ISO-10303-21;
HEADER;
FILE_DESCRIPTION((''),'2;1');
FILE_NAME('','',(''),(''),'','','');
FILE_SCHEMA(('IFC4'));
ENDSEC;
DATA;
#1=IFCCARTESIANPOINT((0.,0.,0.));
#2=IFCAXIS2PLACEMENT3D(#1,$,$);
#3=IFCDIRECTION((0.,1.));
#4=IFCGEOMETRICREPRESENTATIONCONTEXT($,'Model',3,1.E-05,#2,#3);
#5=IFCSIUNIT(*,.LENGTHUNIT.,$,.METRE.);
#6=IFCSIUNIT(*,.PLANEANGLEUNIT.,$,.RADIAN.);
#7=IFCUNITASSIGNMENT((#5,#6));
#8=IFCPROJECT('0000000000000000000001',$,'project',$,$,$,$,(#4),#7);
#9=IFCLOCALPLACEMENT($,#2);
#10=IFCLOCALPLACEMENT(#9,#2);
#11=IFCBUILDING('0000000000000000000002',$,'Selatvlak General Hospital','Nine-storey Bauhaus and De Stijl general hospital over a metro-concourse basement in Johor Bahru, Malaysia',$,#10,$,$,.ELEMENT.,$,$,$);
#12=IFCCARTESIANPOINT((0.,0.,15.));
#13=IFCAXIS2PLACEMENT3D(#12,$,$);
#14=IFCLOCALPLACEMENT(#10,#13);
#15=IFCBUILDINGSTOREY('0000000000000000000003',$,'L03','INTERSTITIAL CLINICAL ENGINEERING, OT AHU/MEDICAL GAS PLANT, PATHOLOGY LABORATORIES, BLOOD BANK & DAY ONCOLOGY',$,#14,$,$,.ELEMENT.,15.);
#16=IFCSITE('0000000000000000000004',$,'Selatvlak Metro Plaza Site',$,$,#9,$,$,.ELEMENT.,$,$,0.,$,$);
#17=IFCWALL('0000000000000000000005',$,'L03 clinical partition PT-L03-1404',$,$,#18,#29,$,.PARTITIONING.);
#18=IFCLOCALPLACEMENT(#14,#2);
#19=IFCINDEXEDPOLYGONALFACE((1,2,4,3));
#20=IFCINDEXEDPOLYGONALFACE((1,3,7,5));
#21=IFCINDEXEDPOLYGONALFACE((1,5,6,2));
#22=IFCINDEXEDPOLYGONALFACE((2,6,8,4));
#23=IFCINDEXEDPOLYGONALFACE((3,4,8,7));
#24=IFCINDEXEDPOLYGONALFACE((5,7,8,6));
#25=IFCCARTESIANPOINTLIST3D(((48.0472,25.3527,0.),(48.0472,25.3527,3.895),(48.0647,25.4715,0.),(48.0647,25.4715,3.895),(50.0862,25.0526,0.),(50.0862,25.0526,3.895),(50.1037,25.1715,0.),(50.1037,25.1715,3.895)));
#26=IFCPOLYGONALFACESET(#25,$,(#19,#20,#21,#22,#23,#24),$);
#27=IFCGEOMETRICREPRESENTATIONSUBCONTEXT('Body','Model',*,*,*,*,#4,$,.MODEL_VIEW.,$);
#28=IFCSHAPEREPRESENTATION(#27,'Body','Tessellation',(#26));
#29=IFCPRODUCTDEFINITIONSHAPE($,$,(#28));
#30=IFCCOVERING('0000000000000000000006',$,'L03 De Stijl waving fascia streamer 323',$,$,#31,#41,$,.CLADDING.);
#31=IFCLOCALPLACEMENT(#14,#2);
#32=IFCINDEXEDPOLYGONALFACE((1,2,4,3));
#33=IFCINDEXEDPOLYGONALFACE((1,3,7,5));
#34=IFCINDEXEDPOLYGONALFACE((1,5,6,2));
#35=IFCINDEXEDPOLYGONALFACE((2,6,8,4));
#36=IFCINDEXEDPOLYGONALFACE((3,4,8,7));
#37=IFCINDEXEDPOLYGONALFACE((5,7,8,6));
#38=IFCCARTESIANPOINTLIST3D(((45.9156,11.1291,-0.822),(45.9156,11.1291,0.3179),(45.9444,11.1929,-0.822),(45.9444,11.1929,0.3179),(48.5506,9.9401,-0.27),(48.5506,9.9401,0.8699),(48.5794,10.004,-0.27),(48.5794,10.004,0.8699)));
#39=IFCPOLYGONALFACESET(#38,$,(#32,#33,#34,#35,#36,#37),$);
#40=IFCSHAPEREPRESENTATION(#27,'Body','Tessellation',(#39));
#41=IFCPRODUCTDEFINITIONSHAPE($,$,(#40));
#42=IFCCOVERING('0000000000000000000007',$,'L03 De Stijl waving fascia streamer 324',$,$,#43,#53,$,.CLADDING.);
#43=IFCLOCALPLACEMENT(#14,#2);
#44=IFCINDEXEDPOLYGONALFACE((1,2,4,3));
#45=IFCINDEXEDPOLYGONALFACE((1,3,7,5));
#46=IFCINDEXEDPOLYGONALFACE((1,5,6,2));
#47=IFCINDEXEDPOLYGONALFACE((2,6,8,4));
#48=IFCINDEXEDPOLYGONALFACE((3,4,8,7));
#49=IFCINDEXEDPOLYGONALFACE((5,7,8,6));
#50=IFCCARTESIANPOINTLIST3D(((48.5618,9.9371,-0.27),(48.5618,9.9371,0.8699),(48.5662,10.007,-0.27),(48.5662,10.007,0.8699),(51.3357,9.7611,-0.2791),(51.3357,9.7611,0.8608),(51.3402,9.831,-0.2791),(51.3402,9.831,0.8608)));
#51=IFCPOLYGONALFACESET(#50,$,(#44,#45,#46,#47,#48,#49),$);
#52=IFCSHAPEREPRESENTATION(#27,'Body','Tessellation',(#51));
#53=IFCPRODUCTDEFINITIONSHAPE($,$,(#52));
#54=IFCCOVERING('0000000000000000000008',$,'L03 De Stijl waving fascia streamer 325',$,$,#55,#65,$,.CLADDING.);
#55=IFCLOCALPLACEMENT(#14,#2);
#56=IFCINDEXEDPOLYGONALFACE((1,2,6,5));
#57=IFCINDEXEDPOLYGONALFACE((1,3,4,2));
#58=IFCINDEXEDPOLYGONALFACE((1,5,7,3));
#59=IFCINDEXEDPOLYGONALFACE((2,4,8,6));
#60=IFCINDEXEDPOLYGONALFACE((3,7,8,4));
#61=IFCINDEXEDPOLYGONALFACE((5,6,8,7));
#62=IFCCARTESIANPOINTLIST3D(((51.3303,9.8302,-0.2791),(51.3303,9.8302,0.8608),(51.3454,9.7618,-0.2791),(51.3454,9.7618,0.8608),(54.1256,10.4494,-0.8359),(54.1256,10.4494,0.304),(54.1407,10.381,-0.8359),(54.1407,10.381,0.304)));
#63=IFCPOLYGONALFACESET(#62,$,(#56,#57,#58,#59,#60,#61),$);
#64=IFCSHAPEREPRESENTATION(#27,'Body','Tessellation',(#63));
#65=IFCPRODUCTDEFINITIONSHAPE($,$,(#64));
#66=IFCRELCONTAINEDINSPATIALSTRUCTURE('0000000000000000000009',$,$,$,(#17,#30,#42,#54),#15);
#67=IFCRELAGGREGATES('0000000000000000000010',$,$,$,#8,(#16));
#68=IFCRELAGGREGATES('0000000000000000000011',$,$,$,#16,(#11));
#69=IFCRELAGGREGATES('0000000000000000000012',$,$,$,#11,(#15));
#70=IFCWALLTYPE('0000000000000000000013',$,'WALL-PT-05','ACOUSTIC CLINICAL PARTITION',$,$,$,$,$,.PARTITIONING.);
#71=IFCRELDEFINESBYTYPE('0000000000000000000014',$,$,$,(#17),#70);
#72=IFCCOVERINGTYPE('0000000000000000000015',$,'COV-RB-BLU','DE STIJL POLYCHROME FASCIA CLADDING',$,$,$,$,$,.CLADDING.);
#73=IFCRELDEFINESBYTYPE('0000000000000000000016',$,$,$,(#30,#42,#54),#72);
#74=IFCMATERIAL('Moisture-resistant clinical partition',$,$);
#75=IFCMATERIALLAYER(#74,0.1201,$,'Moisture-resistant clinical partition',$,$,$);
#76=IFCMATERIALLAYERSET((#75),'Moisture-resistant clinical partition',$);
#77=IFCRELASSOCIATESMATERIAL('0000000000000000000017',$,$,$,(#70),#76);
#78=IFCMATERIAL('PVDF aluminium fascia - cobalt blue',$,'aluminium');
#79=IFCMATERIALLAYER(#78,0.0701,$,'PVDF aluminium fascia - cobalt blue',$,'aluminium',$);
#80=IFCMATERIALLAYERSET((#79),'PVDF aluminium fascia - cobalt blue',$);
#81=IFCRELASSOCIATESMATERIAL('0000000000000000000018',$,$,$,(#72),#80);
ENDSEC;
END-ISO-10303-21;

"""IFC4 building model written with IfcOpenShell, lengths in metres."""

from ifc_helpers import new_model, si_unit, direction, frame, frame_2d, origin, place, context, subcontext, project, spatial, polyline, rectangle, outline, extrude, material, layer, layer_set, type_object, element, save


model = new_model("IFC4")

# Units and contexts
model_context = context("Model", 3, precision=1e-05, world=origin(), true_north=direction((0.0, 1.0)))
body_context = subcontext(model_context, "Body", "Model", "MODEL_VIEW")
ifc_project = project(units=[si_unit("LENGTHUNIT", "METRE"), si_unit("PLANEANGLEUNIT", "RADIAN")], contexts=[model_context])

# Site, building, storey
site_placement = place(None, origin())
site = spatial("IfcSite", under=ifc_project, at=site_placement, Name="Selatvlak Metro Plaza Site", CompositionType="ELEMENT", RefElevation=0.0)
building_placement = place(site_placement, origin())
building = spatial("IfcBuilding", under=site, at=building_placement, Name="Selatvlak General Hospital", Description="Nine-storey Bauhaus and De Stijl general hospital over a metro-concourse basement in Johor Bahru, Malaysia", CompositionType="ELEMENT")
storey_placement = place(building_placement, frame((0.0, 0.0, 15.0)))
storey = spatial("IfcBuildingStorey", under=building, at=storey_placement, Name="L03", Description="INTERSTITIAL CLINICAL ENGINEERING, OT AHU/MEDICAL GAS PLANT, PATHOLOGY LABORATORIES, BLOOD BANK & DAY ONCOLOGY", CompositionType="ELEMENT", Elevation=15.0)

# Wall
ifc_material_1 = material(Name="Moisture-resistant clinical partition")
ifc_layer_1 = layer(ifc_material_1, 0.1201, Name="Moisture-resistant clinical partition")
ifc_layer_set_1 = layer_set([ifc_layer_1], Name="Moisture-resistant clinical partition")
wall_type_1 = type_object("IfcWallType", Name="WALL-PT-05", Description="ACOUSTIC CLINICAL PARTITION", PredefinedType="PARTITIONING", material=ifc_layer_set_1)
wall_1_placement = place(storey_placement, frame((48.0559, 25.4121, 0.0), z_axis=(0.0, 0.0, 1.0), x_axis=(0.989346, -0.145583, 0.0)))
element("IfcWall", 1, at=wall_1_placement, inside=storey, type_object=wall_type_1, Name="L03 clinical partition PT-L03-1404", PredefinedType="PARTITIONING", context=body_context, shape_type="SweptSolid", body=[
    extrude(rectangle(XDim=2.061, YDim=0.1201, at=frame_2d((1.0305, 0.0))), origin(), (0.0, 0.0, 1.0), 3.895),
])

# Coverings
ifc_material_2 = material(Name="PVDF aluminium fascia - cobalt blue", Category="aluminium")
ifc_layer_2 = layer(ifc_material_2, 0.0701, Name="PVDF aluminium fascia - cobalt blue", Category="aluminium")
ifc_layer_set_2 = layer_set([ifc_layer_2], Name="PVDF aluminium fascia - cobalt blue")
covering_type = type_object("IfcCoveringType", Name="COV-RB-BLU", Description="DE STIJL POLYCHROME FASCIA CLADDING", PredefinedType="CLADDING", material=ifc_layer_set_2)
covering_1_placement = place(storey_placement, frame((45.9299, 11.1609, -0.822), z_axis=(0.0, 0.0, 1.0), x_axis=(0.911505, -0.411288, 0.0)))
element("IfcCovering", 2, at=covering_1_placement, inside=storey, type_object=covering_type, Name="L03 De Stijl waving fascia streamer 323", PredefinedType="CLADDING", context=body_context, shape_type="SweptSolid", body=[
    extrude(outline(polyline([(0.0, 0.0), (2.8909, 0.552), (2.8909, 1.6919), (0.0, 1.1399), (0.0, 0.0)])), frame((0.0, 0.0352, 0.0), z_axis=(0.0, -1.0, 0.0), x_axis=(1.0, 0.0, 0.0)), (0.0, 0.0, 1.0), 0.0701),
])
covering_2_placement = place(storey_placement, frame((48.564, 9.9719, -0.27), z_axis=(0.0, 0.0, 1.0), x_axis=(0.997993, -0.06333, 0.0)))
element("IfcCovering", 3, at=covering_2_placement, inside=storey, type_object=covering_type, Name="L03 De Stijl waving fascia streamer 324", PredefinedType="CLADDING", context=body_context, shape_type="SweptSolid", body=[
    extrude(outline(polyline([(0.0, 0.0), (2.7795, -0.009), (2.7795, 1.1309), (0.0, 1.1399), (0.0, 0.0)])), frame((0.0, 0.0352, 0.0), z_axis=(0.0, -1.0, 0.0), x_axis=(1.0, 0.0, 0.0)), (0.0, 0.0, 1.0), 0.0701),
])
covering_3_placement = place(storey_placement, frame((51.3379, 9.7959, -0.2791), z_axis=(0.0, 0.0, 1.0), x_axis=(0.976335, 0.216262, 0.0)))
element("IfcCovering", 4, at=covering_3_placement, inside=storey, type_object=covering_type, Name="L03 De Stijl waving fascia streamer 325", PredefinedType="CLADDING", context=body_context, shape_type="SweptSolid", body=[
    extrude(outline(polyline([(0.0, 0.0), (2.863, -0.5569), (2.863, 0.583), (0.0, 1.1399), (0.0, 0.0)])), frame((0.0, 0.0352, 0.0), z_axis=(0.0, -1.0, 0.0), x_axis=(1.0, 0.0, 0.0)), (0.0, 0.0, 1.0), 0.0701),
])

save(model, "model.ifc")
